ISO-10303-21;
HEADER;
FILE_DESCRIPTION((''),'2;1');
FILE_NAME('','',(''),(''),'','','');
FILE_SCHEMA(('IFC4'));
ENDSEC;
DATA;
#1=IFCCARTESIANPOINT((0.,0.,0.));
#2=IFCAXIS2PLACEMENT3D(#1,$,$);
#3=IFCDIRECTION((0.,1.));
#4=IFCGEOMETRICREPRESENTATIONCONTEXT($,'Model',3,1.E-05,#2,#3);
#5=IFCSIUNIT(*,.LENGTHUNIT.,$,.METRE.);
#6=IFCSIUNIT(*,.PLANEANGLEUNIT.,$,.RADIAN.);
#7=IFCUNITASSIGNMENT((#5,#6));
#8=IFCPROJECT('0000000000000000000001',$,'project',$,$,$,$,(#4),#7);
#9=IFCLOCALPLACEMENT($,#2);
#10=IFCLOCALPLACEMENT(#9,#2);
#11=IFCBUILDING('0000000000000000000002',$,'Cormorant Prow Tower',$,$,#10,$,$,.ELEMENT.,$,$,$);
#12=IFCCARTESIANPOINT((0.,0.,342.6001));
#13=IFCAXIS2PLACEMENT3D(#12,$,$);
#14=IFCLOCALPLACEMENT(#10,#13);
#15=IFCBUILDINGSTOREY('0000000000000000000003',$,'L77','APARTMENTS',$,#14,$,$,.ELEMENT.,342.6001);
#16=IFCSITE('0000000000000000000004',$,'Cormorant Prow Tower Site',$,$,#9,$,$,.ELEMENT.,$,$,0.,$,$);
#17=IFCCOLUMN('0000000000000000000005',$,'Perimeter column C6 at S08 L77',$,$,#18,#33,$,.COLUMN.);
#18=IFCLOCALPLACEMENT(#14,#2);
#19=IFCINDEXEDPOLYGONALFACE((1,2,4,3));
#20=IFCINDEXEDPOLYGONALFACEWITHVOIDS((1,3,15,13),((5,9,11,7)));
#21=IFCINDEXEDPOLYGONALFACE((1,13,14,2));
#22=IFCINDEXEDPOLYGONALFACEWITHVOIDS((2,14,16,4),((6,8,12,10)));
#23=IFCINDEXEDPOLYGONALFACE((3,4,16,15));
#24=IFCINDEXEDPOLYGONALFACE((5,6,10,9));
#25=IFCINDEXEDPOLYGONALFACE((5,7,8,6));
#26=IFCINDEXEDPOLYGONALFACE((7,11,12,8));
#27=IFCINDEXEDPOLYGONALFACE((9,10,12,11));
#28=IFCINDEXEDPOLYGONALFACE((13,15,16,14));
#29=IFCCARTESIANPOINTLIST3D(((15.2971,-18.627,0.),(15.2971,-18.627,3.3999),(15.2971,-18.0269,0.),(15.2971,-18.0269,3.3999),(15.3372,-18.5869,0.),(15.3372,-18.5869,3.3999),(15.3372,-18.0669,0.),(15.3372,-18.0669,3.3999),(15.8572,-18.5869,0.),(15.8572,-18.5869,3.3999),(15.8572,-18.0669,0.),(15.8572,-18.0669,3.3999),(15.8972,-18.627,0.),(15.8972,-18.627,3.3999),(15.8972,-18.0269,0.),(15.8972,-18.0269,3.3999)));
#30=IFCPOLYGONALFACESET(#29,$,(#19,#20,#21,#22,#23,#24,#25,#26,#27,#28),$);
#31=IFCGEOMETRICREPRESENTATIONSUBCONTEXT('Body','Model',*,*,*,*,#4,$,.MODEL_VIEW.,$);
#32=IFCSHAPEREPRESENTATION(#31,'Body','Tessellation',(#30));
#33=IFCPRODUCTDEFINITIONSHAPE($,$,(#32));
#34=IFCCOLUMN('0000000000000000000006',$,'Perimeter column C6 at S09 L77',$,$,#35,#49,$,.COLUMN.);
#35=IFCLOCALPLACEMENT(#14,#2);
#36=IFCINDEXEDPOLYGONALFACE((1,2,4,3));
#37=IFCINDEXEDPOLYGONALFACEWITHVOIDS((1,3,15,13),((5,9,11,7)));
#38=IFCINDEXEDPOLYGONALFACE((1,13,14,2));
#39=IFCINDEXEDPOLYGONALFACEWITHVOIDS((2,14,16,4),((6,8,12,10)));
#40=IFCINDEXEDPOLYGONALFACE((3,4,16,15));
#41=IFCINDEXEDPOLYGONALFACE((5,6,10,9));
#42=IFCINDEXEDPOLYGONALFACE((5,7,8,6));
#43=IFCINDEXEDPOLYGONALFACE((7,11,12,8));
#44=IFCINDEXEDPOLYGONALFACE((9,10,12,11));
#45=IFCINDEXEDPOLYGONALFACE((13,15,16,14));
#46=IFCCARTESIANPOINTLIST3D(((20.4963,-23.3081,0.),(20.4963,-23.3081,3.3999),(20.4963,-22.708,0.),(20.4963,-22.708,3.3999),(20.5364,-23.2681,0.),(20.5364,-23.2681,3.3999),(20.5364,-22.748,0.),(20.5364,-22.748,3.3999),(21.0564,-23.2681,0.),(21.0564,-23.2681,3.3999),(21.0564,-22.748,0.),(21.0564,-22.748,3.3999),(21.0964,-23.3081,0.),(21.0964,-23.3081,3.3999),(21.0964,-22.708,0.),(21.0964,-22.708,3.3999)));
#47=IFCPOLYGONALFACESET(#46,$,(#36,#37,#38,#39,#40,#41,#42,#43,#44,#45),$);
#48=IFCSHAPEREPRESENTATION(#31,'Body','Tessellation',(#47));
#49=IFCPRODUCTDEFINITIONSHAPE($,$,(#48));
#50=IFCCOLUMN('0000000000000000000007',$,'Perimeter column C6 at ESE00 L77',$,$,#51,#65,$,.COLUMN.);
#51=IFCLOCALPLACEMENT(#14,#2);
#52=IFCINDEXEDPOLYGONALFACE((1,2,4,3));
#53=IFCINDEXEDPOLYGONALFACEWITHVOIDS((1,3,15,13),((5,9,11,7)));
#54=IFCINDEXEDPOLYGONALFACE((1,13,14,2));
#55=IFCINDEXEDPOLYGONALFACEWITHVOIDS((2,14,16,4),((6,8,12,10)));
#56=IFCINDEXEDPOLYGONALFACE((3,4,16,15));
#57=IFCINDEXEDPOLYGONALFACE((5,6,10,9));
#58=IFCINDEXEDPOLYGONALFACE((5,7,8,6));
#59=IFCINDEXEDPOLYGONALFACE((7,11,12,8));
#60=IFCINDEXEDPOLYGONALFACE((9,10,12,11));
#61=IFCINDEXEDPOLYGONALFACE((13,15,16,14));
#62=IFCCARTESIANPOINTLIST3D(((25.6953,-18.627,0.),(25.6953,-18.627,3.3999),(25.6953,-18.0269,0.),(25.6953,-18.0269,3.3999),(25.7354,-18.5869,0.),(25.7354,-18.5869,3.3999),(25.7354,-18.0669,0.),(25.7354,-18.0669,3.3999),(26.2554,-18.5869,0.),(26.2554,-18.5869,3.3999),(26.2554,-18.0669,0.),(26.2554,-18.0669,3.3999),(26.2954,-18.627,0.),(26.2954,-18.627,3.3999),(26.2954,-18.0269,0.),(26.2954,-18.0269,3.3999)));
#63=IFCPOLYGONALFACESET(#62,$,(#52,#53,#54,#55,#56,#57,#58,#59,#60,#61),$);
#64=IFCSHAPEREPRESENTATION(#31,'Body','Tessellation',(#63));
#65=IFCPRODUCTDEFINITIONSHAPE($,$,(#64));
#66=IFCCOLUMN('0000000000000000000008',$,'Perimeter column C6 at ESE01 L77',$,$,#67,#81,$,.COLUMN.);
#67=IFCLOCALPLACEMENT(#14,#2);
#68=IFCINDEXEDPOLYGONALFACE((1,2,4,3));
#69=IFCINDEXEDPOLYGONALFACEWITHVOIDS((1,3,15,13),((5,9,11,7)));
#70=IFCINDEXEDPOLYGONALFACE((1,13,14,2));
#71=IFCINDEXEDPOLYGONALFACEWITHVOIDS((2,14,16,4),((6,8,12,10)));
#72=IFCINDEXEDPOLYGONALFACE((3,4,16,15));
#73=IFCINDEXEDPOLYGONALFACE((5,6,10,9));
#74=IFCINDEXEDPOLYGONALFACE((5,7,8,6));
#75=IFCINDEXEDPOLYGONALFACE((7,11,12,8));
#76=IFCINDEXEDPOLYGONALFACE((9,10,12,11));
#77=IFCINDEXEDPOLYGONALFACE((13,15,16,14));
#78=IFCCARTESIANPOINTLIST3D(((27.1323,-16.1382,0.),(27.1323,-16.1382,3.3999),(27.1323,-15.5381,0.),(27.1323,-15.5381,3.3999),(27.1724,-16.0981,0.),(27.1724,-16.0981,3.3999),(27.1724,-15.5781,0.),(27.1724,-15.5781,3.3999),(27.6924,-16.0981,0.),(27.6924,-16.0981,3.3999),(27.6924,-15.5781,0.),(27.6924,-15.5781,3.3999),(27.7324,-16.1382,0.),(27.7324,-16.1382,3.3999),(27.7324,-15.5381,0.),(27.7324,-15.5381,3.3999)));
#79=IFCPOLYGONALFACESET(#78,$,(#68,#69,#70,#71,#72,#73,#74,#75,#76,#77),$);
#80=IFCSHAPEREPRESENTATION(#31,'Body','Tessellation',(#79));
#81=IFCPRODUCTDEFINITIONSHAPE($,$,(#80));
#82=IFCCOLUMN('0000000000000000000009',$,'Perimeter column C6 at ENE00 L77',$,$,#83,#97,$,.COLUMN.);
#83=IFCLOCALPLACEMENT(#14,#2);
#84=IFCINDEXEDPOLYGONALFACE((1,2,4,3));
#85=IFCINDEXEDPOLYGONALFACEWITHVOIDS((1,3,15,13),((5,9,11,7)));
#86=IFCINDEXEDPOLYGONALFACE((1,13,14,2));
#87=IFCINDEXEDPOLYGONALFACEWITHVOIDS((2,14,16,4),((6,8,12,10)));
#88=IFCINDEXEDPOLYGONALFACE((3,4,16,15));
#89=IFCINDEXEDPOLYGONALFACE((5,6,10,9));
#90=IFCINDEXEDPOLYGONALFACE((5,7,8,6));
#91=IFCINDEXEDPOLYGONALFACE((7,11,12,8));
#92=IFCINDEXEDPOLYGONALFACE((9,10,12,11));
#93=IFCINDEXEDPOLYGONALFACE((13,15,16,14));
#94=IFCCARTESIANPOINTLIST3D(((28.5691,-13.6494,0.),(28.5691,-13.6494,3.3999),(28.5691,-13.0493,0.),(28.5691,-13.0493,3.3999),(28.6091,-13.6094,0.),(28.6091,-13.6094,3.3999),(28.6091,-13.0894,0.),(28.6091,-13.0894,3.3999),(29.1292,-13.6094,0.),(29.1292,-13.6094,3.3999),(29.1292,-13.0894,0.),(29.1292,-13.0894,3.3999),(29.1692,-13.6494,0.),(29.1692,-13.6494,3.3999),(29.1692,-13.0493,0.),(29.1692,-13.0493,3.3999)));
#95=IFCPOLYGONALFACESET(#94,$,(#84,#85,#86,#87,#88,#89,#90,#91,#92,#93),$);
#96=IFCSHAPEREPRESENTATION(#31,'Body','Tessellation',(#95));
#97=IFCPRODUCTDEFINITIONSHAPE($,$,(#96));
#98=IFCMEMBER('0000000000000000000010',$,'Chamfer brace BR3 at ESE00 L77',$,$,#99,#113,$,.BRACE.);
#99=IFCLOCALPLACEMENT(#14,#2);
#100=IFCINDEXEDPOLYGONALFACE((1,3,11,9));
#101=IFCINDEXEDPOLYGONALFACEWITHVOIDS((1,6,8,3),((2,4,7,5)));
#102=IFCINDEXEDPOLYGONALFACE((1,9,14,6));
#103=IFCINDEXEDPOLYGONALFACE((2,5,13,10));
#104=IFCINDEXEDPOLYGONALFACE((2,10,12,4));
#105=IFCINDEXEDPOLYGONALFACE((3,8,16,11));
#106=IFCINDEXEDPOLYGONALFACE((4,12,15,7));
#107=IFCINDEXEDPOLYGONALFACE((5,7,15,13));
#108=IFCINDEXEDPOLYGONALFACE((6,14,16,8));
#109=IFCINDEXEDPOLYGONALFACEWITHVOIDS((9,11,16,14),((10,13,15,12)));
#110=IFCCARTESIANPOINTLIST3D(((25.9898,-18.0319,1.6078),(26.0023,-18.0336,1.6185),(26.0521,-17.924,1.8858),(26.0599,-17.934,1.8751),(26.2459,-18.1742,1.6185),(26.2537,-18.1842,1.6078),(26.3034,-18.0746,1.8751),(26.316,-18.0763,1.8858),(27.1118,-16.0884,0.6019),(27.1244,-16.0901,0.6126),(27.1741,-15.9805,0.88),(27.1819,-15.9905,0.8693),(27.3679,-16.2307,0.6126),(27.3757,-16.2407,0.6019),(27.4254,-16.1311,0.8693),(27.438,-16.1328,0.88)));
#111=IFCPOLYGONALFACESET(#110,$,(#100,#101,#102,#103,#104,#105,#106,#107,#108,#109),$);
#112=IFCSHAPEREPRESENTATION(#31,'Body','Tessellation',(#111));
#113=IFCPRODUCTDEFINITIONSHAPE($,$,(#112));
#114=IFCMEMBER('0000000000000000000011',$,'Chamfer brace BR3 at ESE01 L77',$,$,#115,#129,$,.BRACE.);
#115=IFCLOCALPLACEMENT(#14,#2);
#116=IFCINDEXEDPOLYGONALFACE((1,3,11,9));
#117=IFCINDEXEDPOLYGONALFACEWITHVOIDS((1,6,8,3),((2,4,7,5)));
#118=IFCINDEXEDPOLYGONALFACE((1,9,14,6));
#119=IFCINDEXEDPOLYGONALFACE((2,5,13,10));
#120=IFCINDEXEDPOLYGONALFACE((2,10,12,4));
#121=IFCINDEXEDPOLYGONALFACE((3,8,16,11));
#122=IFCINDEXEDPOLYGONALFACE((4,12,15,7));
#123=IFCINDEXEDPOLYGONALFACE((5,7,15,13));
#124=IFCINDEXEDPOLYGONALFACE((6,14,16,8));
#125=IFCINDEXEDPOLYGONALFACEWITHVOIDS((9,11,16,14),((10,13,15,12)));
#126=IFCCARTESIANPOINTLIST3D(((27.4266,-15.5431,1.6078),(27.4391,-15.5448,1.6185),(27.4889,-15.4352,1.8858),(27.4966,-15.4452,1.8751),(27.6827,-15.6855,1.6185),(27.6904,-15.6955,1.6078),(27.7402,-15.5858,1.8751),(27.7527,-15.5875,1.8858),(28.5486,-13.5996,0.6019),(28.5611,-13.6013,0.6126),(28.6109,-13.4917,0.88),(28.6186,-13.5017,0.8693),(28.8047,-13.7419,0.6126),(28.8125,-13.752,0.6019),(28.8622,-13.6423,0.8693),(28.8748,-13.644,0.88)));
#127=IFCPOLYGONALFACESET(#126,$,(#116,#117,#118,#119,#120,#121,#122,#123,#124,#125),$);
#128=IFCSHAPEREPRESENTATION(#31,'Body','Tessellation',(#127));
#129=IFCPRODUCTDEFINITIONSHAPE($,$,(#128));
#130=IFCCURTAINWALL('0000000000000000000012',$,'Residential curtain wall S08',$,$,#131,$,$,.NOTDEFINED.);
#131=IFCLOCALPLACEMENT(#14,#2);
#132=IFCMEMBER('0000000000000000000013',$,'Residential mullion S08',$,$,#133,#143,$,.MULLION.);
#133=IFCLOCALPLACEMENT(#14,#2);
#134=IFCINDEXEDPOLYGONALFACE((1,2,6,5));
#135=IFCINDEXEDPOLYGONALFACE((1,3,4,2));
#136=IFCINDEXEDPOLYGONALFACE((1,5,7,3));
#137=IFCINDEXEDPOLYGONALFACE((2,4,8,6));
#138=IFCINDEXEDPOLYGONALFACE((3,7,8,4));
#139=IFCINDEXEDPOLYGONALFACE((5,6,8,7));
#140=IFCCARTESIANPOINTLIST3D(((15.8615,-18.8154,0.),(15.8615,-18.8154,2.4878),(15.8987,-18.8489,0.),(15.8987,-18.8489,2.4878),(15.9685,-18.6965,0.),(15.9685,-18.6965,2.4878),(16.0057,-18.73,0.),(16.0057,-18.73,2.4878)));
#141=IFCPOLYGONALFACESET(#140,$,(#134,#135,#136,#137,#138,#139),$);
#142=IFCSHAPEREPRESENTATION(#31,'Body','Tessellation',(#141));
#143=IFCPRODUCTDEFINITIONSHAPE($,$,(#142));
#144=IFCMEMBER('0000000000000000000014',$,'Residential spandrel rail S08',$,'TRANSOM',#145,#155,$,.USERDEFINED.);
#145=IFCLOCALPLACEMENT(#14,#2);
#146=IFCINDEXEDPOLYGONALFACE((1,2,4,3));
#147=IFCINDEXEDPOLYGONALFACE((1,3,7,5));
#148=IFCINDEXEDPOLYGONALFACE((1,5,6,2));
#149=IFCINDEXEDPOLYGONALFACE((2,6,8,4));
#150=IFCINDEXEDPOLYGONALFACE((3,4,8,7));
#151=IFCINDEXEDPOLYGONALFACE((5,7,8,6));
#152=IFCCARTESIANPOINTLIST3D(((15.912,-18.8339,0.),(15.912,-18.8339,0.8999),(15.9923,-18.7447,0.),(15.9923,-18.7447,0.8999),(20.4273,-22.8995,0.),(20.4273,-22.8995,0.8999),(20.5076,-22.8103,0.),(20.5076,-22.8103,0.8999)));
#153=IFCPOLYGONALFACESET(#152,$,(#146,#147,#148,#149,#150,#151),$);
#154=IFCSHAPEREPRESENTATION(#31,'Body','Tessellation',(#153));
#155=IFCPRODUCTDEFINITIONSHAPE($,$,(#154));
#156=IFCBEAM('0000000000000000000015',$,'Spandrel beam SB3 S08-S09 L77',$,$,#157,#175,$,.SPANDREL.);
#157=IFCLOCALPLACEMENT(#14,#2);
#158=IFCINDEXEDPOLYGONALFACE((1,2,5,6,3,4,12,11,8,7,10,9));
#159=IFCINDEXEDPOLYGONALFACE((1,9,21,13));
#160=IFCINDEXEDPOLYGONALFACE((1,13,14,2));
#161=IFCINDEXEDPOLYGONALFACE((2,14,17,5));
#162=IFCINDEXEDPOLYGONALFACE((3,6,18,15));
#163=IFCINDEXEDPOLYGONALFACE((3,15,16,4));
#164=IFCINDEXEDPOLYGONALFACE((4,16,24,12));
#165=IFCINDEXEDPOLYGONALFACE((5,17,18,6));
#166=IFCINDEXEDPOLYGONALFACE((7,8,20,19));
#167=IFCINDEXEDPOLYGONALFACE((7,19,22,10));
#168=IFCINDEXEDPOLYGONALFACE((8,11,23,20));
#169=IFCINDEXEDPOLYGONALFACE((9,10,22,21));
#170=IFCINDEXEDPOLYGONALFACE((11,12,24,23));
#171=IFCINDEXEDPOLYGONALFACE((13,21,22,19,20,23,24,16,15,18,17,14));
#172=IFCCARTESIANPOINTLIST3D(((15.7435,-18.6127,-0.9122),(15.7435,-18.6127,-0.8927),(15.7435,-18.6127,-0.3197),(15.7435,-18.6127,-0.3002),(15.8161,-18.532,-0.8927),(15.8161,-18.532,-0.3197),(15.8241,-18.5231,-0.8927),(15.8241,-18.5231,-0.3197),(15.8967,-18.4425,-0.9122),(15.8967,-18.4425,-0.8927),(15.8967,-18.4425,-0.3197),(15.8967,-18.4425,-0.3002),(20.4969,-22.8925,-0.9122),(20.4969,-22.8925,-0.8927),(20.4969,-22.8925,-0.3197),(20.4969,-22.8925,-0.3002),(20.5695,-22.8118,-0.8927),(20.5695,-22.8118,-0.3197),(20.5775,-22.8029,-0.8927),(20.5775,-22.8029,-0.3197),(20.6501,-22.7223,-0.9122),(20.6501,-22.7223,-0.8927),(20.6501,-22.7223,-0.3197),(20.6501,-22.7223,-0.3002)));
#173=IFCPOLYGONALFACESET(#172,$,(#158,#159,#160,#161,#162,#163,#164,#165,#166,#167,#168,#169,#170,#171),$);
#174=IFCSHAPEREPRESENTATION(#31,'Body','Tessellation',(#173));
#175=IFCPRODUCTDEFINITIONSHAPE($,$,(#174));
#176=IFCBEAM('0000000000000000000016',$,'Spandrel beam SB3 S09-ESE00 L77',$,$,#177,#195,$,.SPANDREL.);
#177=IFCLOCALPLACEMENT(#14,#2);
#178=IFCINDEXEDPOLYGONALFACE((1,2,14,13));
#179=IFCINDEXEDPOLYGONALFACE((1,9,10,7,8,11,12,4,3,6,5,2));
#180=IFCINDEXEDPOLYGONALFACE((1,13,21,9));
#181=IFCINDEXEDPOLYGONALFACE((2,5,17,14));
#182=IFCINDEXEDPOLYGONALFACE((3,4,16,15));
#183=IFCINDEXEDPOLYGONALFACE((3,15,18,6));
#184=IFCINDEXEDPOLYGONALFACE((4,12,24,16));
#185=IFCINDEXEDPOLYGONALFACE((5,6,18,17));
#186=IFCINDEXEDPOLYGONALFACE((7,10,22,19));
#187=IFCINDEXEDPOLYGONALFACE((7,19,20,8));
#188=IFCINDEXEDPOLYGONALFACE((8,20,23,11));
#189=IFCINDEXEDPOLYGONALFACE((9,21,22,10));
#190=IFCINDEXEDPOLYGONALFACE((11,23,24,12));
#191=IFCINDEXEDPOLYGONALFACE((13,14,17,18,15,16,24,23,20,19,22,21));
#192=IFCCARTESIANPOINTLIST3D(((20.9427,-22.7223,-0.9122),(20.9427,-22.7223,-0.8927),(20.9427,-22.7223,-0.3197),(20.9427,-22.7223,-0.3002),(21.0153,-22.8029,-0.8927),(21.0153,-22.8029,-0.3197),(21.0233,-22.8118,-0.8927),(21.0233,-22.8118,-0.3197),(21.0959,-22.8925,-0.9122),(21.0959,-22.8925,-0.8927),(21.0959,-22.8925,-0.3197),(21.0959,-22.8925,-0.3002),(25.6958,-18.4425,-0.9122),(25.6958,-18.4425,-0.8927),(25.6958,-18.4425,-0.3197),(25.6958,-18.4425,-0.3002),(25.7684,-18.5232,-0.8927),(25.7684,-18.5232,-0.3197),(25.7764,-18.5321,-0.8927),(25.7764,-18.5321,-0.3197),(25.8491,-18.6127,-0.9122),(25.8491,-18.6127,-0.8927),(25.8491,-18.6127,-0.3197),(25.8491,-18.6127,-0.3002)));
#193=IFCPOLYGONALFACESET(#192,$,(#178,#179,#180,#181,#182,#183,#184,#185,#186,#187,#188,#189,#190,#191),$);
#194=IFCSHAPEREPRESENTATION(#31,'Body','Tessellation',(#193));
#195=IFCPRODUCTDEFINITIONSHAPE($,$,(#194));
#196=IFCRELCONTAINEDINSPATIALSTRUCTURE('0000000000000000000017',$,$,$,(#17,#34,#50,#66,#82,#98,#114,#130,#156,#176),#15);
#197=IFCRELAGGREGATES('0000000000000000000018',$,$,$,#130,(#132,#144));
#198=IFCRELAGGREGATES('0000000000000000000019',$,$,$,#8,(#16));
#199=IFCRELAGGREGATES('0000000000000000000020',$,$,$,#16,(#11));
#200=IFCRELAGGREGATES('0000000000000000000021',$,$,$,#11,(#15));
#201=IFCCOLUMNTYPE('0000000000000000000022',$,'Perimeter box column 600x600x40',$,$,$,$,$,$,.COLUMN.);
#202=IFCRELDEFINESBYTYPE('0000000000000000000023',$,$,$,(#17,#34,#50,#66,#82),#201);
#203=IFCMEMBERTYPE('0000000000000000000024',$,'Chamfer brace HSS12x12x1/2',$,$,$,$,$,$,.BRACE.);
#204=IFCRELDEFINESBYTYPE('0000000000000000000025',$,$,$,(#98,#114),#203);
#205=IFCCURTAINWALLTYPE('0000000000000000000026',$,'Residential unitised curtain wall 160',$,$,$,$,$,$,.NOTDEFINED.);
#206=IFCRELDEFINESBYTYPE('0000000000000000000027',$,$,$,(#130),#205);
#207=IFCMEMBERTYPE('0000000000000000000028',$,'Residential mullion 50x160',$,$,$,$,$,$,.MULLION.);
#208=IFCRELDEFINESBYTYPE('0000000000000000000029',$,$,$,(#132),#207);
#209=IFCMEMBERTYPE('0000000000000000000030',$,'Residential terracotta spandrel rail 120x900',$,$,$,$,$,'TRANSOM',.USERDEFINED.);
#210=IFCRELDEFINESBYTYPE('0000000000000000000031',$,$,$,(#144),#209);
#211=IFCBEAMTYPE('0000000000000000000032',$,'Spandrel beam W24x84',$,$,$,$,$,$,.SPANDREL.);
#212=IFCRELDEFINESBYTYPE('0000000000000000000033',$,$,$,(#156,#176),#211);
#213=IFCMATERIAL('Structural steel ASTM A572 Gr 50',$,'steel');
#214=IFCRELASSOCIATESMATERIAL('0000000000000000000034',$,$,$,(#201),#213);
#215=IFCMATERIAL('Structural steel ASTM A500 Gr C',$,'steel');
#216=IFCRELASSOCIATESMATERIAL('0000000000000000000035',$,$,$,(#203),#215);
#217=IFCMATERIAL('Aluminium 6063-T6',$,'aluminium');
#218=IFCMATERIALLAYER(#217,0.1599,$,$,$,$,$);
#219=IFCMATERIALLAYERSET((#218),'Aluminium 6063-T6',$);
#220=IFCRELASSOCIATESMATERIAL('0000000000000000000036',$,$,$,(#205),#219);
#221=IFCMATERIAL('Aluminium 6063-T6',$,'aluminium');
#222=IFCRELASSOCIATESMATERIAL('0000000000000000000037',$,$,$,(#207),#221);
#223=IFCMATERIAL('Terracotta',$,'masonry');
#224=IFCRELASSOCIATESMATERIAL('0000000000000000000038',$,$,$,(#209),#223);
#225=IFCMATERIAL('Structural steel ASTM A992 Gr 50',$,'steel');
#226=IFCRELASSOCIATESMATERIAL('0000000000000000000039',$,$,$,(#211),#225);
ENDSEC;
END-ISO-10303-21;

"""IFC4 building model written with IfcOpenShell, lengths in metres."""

from ifc_helpers import new_model, si_unit, direction, frame, origin, origin_2d, place, context, subcontext, project, spatial, rectangle, hollow_rectangle, i_section, extrude, material, layer, layer_set, material_profile, profile_set, type_object, element, aggregate, save


model = new_model("IFC4")

# Units and contexts
model_context = context("Model", 3, precision=1e-05, world=origin(), true_north=direction((0.0, 1.0)))
body_context = subcontext(model_context, "Body", "Model", "MODEL_VIEW")
ifc_project = project(units=[si_unit("LENGTHUNIT", "METRE"), si_unit("PLANEANGLEUNIT", "RADIAN")], contexts=[model_context])

# Site, building, storey
site_placement = place(None, origin())
site = spatial("IfcSite", under=ifc_project, at=site_placement, Name="Cormorant Prow Tower Site", CompositionType="ELEMENT", RefElevation=0.0)
building_placement = place(site_placement, origin())
building = spatial("IfcBuilding", under=site, at=building_placement, Name="Cormorant Prow Tower", CompositionType="ELEMENT")
storey_placement = place(building_placement, frame((0.0, 0.0, 342.6001)))
storey = spatial("IfcBuildingStorey", under=building, at=storey_placement, Name="L77", Description="APARTMENTS", CompositionType="ELEMENT", Elevation=342.6001)

# Columns
ifc_material_1 = material(Name="Structural steel ASTM A572 Gr 50", Category="steel")
ifc_material_profile_1 = material_profile(ifc_material_1, hollow_rectangle(XDim=0.6001, YDim=0.6001, WallThickness=0.04, at=origin_2d()), Name="Box 600x600x40")
ifc_profile_set_1 = profile_set([ifc_material_profile_1], Name="Structural steel ASTM A572 Gr 50")
column_type = type_object("IfcColumnType", Name="Perimeter box column 600x600x40", PredefinedType="COLUMN", material=ifc_profile_set_1)
for number, where, z_axis, x_axis, name in (
    (1, (15.5972, -18.3269, 0.0), (0.0, 0.0, 1.0), (1.0, 0.0, 0.0), "Perimeter column C6 at S08 L77"),
    (2, (20.7964, -23.0081, 0.0), (0.0, 0.0, 1.0), (1.0, 0.0, 0.0), "Perimeter column C6 at S09 L77"),
    (3, (25.9954, -18.3269, 0.0), (0.0, 0.0, 1.0), (1.0, 0.0, 0.0), "Perimeter column C6 at ESE00 L77"),
    (4, (27.4324, -15.8381, 0.0), (0.0, 0.0, 1.0), (1.0, 0.0, 0.0), "Perimeter column C6 at ESE01 L77"),
    (5, (28.8691, -13.3494, 0.0), (0.0, 0.0, 1.0), (1.0, 0.0, 0.0), "Perimeter column C6 at ENE00 L77"),
):
    element("IfcColumn", number, at=place(storey_placement, frame(where, z_axis=z_axis, x_axis=x_axis)), inside=storey, type_object=column_type, Name=name, PredefinedType="COLUMN", context=body_context, shape_type="SweptSolid", body=[
        extrude(hollow_rectangle(XDim=0.6001, YDim=0.6001, WallThickness=0.04, at=origin_2d()), origin(), (0.0, 0.0, 1.0), 3.3999),
    ])

# Members
ifc_material_2 = material(Name="Structural steel ASTM A500 Gr C", Category="steel")
ifc_material_profile_2 = material_profile(ifc_material_2, hollow_rectangle(XDim=0.3047, YDim=0.3047, WallThickness=0.0117, at=origin_2d()), Name="HSS12x12x1/2")
ifc_profile_set_2 = profile_set([ifc_material_profile_2], Name="Structural steel ASTM A500 Gr C")
member_type_1 = type_object("IfcMemberType", Name="Chamfer brace HSS12x12x1/2", PredefinedType="BRACE", material=ifc_profile_set_2)
for number, where, z_axis, x_axis, name in (
    (6, (27.2749, -16.1106, 0.741), (-0.456247, -0.790292, 0.408994), (0.866039, -0.499977, 0.0), "Chamfer brace BR3 at ESE00 L77"),
    (7, (28.7117, -13.6218, 0.741), (-0.456247, -0.790292, 0.408994), (0.866039, -0.499977, 0.0), "Chamfer brace BR3 at ESE01 L77"),
):
    element("IfcMember", number, at=place(storey_placement, frame(where, z_axis=z_axis, x_axis=x_axis)), inside=storey, type_object=member_type_1, Name=name, PredefinedType="BRACE", context=body_context, shape_type="SweptSolid", body=[
        extrude(hollow_rectangle(XDim=0.3047, YDim=0.3047, WallThickness=0.0117, at=origin_2d()), origin(), (0.0, 0.0, 1.0), 2.4592),
    ])

# Curtain wall, members
ifc_material_3 = material(Name="Aluminium 6063-T6", Category="aluminium")
ifc_layer_1 = layer(ifc_material_3, 0.1599)
ifc_layer_set_1 = layer_set([ifc_layer_1], Name="Aluminium 6063-T6")
curtain_wall_type = type_object("IfcCurtainWallType", Name="Residential unitised curtain wall 160", PredefinedType="NOTDEFINED", material=ifc_layer_set_1)
curtain_wall_placement = place(storey_placement, origin())
curtain_wall = element("IfcCurtainWall", 8, at=curtain_wall_placement, inside=storey, type_object=curtain_wall_type, Name="Residential curtain wall S08", PredefinedType="NOTDEFINED")
ifc_material_4 = material(Name="Aluminium 6063-T6", Category="aluminium")
ifc_material_profile_3 = material_profile(ifc_material_4, rectangle(XDim=0.1599, YDim=0.05, at=origin_2d()), Name="Residential mullion 50x160")
ifc_profile_set_3 = profile_set([ifc_material_profile_3], Name="Aluminium 6063-T6")
member_type_2 = type_object("IfcMemberType", Name="Residential mullion 50x160", PredefinedType="MULLION", material=ifc_profile_set_3)
member_1_placement = place(storey_placement, frame((15.9336, -18.7727, 0.0), z_axis=(0.0, 0.0, 1.0), x_axis=(0.669131, 0.743145, 0.0)))
member_1 = element("IfcMember", 9, at=member_1_placement, type_object=member_type_2, Name="Residential mullion S08", PredefinedType="MULLION", context=body_context, shape_type="SweptSolid", body=[
    extrude(rectangle(XDim=0.1599, YDim=0.05, at=origin_2d()), origin(), (0.0, 0.0, 1.0), 2.4878),
])
ifc_material_5 = material(Name="Terracotta", Category="masonry")
ifc_material_profile_4 = material_profile(ifc_material_5, rectangle(XDim=0.1201, YDim=0.8999, at=origin_2d()), Name="Residential terracotta spandrel rail 120x900")
ifc_profile_set_4 = profile_set([ifc_material_profile_4], Name="Terracotta")
member_type_3 = type_object("IfcMemberType", Name="Residential terracotta spandrel rail 120x900", ElementType="TRANSOM", PredefinedType="USERDEFINED", material=ifc_profile_set_4)
member_2_placement = place(storey_placement, frame((15.9521, -18.7893, 0.45), z_axis=(0.743144, -0.669131, 0.0), x_axis=(0.669131, 0.743144, 0.0)))
member_2 = element("IfcMember", 10, at=member_2_placement, type_object=member_type_3, Name="Residential spandrel rail S08", ObjectType="TRANSOM", PredefinedType="USERDEFINED", context=body_context, shape_type="SweptSolid", body=[
    extrude(rectangle(XDim=0.1201, YDim=0.8999, at=origin_2d()), origin(), (0.0, 0.0, 1.0), 6.0759),
])

# Beams
ifc_material_6 = material(Name="Structural steel ASTM A992 Gr 50", Category="steel")
ifc_material_profile_5 = material_profile(ifc_material_6, i_section(OverallWidth=0.229, OverallDepth=0.6121, WebThickness=0.012, FlangeThickness=0.0195, at=origin_2d()), Name="W24x84")
ifc_profile_set_5 = profile_set([ifc_material_profile_5], Name="Structural steel ASTM A992 Gr 50")
beam_type = type_object("IfcBeamType", Name="Spandrel beam W24x84", PredefinedType="SPANDREL", material=ifc_profile_set_5)
beam_1_placement = place(storey_placement, frame((15.8201, -18.5276, -0.6062), z_axis=(0.743161, -0.669112, 0.0), x_axis=(0.669112, 0.743161, 0.0)))
element("IfcBeam", 11, at=beam_1_placement, inside=storey, type_object=beam_type, Name="Spandrel beam SB3 S08-S09 L77", PredefinedType="SPANDREL", context=body_context, shape_type="SweptSolid", body=[
    extrude(i_section(OverallWidth=0.229, OverallDepth=0.6121, WebThickness=0.012, FlangeThickness=0.0195, at=origin_2d()), origin(), (0.0, 0.0, 1.0), 6.3962),
])
beam_2_placement = place(storey_placement, frame((21.0193, -22.8074, -0.6062), z_axis=(0.743144, 0.669131, 0.0), x_axis=(-0.669131, 0.743144, 0.0)))
element("IfcBeam", 12, at=beam_2_placement, inside=storey, type_object=beam_type, Name="Spandrel beam SB3 S09-ESE00 L77", PredefinedType="SPANDREL", context=body_context, shape_type="SweptSolid", body=[
    extrude(i_section(OverallWidth=0.229, OverallDepth=0.6121, WebThickness=0.012, FlangeThickness=0.0195, at=origin_2d()), origin(), (0.0, 0.0, 1.0), 6.396),
])

aggregate(curtain_wall, [member_1, member_2])

save(model, "model.ifc")
